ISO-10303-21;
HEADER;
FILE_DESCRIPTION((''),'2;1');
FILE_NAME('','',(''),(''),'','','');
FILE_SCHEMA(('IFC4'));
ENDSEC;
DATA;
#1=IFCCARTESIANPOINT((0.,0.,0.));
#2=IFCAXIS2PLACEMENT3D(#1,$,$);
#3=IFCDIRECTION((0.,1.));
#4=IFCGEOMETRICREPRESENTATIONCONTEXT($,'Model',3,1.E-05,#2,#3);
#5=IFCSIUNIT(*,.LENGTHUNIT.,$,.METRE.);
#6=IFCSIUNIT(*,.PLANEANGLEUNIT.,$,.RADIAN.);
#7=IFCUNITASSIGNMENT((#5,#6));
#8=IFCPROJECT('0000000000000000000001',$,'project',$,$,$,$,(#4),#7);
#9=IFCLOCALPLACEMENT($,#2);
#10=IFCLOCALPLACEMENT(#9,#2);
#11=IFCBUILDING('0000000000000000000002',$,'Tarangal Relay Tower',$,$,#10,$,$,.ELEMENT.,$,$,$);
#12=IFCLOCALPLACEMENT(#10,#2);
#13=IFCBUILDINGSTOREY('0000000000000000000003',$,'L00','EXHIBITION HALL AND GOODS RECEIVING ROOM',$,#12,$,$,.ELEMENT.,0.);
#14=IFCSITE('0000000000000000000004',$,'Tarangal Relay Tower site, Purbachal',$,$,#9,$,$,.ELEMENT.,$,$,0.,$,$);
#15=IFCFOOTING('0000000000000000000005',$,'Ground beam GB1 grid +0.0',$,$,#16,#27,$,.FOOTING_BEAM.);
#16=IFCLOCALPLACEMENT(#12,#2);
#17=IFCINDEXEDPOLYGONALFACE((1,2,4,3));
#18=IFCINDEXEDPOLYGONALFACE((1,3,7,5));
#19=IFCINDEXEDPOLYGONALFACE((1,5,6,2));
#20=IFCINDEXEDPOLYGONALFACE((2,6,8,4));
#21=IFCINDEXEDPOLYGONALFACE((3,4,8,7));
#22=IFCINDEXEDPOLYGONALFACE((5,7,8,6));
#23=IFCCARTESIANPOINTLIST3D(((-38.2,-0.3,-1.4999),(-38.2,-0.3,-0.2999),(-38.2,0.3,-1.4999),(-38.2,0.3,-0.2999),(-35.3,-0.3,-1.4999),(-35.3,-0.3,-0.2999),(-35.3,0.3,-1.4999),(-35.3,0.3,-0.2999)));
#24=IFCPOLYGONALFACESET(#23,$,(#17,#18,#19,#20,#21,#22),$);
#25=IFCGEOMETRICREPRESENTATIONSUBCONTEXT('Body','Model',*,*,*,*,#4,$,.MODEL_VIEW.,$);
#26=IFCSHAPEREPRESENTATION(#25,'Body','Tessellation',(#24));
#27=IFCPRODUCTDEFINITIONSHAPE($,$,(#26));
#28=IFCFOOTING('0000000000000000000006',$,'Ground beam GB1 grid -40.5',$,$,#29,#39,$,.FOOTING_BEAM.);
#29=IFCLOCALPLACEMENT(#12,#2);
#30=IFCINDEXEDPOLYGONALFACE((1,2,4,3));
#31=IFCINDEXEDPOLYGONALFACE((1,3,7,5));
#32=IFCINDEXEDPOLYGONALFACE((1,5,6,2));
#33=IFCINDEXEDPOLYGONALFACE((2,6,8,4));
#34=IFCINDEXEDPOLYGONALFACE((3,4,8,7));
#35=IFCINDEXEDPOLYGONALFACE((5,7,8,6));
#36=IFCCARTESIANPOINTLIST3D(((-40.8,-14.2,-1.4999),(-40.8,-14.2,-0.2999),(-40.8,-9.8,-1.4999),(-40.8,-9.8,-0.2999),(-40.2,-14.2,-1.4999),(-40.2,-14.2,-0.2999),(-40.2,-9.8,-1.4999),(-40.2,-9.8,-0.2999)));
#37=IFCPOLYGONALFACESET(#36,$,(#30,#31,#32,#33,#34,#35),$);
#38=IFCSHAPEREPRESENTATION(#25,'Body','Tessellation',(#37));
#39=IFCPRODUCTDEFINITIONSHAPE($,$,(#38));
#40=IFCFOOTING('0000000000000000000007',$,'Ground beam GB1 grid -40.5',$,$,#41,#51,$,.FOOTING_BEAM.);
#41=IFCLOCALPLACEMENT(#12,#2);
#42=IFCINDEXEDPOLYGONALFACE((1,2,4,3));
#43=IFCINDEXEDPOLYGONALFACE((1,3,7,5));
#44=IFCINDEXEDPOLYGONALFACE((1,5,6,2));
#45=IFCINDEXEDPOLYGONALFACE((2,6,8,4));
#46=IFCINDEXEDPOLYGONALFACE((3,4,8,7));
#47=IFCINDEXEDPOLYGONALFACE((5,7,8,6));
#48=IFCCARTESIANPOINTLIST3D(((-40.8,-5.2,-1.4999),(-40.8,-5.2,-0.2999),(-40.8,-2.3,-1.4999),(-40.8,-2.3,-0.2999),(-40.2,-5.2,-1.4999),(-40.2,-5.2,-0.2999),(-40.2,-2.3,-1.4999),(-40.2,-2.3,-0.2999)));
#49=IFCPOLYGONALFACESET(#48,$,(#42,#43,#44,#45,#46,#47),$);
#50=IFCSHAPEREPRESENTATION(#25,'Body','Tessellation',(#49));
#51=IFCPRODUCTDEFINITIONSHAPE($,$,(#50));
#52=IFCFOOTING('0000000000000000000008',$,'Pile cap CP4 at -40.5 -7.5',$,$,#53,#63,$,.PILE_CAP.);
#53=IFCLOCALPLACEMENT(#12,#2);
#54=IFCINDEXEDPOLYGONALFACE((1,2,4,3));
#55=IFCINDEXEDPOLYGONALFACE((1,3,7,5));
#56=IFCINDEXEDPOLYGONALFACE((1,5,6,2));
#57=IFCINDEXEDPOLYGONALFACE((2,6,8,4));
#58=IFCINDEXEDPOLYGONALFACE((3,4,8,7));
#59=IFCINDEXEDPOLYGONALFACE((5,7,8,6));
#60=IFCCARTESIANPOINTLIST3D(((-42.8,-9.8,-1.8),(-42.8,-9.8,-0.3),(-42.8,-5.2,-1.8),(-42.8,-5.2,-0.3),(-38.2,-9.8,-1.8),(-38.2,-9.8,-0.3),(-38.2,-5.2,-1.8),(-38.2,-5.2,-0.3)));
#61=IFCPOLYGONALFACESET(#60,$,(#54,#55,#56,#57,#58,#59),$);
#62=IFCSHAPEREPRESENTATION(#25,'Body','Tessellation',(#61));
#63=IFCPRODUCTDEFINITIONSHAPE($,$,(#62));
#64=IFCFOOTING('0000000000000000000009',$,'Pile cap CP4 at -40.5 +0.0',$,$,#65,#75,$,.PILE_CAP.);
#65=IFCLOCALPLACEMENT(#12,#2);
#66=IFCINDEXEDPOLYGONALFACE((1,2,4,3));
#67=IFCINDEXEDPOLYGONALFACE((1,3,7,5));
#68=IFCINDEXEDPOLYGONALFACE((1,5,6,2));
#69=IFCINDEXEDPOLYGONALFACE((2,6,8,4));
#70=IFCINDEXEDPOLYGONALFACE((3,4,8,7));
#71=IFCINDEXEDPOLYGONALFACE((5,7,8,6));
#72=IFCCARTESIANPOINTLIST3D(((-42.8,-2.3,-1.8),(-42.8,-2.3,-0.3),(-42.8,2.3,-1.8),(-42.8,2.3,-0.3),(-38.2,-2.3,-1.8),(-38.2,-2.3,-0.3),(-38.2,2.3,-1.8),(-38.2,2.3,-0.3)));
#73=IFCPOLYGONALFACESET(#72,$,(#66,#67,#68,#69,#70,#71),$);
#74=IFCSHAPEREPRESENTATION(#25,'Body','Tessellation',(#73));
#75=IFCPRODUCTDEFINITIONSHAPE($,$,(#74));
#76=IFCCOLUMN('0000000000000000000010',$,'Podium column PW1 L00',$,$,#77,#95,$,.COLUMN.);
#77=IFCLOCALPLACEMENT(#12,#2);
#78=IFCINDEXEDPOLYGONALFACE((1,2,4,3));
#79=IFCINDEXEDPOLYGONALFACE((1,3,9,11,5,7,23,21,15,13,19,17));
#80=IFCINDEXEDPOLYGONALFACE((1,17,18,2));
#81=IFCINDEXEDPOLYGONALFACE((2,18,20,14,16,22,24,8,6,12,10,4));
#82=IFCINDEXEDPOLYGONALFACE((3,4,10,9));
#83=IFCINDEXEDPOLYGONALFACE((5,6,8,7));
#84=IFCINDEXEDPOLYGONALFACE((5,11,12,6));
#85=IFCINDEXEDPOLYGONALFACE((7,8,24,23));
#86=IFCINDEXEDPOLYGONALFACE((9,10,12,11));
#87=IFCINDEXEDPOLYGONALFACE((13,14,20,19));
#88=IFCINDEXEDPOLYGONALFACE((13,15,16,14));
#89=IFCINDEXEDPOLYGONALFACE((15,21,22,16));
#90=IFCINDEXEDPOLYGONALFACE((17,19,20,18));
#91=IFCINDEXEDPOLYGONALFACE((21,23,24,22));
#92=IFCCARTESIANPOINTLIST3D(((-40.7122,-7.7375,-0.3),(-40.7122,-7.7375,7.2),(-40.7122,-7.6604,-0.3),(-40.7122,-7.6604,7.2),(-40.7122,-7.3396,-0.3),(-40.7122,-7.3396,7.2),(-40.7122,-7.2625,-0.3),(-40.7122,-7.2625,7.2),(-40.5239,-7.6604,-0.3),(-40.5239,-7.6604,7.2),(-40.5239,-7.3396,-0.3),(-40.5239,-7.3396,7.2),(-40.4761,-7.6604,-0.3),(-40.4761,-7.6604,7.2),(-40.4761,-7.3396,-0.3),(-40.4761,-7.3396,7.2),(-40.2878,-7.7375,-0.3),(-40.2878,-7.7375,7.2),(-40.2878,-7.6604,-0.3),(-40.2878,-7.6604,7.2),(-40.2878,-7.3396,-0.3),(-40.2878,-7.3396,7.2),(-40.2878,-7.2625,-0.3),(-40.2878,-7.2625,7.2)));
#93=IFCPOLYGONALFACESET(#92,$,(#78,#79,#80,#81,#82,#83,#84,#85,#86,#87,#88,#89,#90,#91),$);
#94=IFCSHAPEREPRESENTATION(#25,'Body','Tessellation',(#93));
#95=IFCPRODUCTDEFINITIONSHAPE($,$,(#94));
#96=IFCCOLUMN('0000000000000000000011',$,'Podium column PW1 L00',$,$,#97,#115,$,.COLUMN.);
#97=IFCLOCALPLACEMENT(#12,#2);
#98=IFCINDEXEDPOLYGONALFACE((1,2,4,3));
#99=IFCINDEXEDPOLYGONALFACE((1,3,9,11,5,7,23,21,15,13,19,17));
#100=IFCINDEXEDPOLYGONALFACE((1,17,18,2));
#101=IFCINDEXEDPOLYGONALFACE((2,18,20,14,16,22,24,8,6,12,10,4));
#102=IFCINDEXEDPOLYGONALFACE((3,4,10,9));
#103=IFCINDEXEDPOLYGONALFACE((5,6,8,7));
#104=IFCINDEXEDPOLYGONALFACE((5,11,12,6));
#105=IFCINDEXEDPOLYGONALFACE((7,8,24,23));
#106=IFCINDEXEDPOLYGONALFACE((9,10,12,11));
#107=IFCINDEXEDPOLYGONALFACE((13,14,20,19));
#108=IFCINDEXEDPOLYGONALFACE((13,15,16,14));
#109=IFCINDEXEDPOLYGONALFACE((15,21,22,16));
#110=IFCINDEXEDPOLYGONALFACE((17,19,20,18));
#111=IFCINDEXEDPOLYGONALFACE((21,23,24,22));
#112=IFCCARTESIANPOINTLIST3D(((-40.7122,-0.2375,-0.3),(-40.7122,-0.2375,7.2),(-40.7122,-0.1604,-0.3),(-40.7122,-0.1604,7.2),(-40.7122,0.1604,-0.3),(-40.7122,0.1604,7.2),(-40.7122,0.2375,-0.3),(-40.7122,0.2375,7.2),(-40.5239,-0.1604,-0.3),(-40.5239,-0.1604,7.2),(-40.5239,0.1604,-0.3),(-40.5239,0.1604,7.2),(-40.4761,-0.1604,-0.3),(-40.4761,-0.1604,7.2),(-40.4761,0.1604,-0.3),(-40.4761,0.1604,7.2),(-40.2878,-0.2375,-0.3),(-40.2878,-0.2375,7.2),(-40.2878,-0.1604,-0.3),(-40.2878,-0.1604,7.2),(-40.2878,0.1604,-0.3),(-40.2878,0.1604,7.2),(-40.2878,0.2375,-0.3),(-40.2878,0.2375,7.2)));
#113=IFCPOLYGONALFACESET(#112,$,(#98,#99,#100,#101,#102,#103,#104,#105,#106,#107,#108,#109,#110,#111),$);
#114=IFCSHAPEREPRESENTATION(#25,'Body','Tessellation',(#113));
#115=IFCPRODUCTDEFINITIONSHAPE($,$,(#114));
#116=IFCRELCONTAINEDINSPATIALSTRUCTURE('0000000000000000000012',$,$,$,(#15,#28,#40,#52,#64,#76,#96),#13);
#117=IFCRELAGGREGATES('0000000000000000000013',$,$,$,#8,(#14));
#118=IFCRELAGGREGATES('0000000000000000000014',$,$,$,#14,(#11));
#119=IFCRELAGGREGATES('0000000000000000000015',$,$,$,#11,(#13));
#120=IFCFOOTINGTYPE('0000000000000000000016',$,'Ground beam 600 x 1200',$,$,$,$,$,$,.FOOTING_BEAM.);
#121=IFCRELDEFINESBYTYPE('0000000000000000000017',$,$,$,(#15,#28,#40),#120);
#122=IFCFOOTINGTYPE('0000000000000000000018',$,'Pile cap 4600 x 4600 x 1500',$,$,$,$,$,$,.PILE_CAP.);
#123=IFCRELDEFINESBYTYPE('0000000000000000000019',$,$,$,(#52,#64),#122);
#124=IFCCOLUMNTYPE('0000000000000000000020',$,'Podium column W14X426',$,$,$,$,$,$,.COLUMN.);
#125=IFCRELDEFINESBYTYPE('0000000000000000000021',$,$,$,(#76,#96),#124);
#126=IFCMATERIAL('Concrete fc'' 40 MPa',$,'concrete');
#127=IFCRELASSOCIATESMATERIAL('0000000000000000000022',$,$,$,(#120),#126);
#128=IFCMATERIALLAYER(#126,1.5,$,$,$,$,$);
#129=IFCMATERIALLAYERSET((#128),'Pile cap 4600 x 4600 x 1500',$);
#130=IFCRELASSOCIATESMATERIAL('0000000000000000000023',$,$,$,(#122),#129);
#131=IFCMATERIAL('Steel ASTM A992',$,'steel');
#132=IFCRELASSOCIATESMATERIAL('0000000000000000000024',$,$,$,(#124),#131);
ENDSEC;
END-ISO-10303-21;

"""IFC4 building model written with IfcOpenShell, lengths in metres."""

from ifc_helpers import new_model, si_unit, direction, frame, origin, origin_2d, place, context, subcontext, project, spatial, rectangle, i_section, extrude, material, layer, layer_set, material_profile, profile_set, type_object, element, save


model = new_model("IFC4")

# Units and contexts
model_context = context("Model", 3, precision=1e-05, world=origin(), true_north=direction((0.0, 1.0)))
body_context = subcontext(model_context, "Body", "Model", "MODEL_VIEW")
ifc_project = project(units=[si_unit("LENGTHUNIT", "METRE"), si_unit("PLANEANGLEUNIT", "RADIAN")], contexts=[model_context])

# Site, building, storey
site_placement = place(None, origin())
site = spatial("IfcSite", under=ifc_project, at=site_placement, Name="Tarangal Relay Tower site, Purbachal", CompositionType="ELEMENT", RefElevation=0.0)
building_placement = place(site_placement, origin())
building = spatial("IfcBuilding", under=site, at=building_placement, Name="Tarangal Relay Tower", CompositionType="ELEMENT")
storey_placement = place(building_placement, origin())
storey = spatial("IfcBuildingStorey", under=building, at=storey_placement, Name="L00", Description="EXHIBITION HALL AND GOODS RECEIVING ROOM", CompositionType="ELEMENT", Elevation=0.0)

# Shared definitions
ifc_material_1 = material(Name="Concrete fc' 40 MPa", Category="concrete")

# Footings
ifc_material_profile_1 = material_profile(ifc_material_1, rectangle(XDim=0.6001, YDim=1.2, at=origin_2d()), Name="GB 600X1200")
ifc_profile_set_1 = profile_set([ifc_material_profile_1], Name="Concrete fc' 40 MPa")
footing_type_1 = type_object("IfcFootingType", Name="Ground beam 600 x 1200", PredefinedType="FOOTING_BEAM", material=ifc_profile_set_1)
for number, where, z_axis, x_axis, name in (
    (1, (-35.3, 0.0, -0.8999), (-1.0, 0.0, 0.0), (0.0, -1.0, 0.0), "Ground beam GB1 grid +0.0"),
):
    element("IfcFooting", number, at=place(storey_placement, frame(where, z_axis=z_axis, x_axis=x_axis)), inside=storey, type_object=footing_type_1, Name=name, PredefinedType="FOOTING_BEAM", context=body_context, shape_type="SweptSolid", body=[
        extrude(rectangle(XDim=0.6001, YDim=1.2, at=origin_2d()), origin(), (0.0, 0.0, 1.0), 2.8999),
    ])
footing_1_placement = place(storey_placement, frame((-40.5, -14.2, -0.8999), z_axis=(0.0, 1.0, 0.0), x_axis=(-1.0, 0.0, 0.0)))
element("IfcFooting", 2, at=footing_1_placement, inside=storey, type_object=footing_type_1, Name="Ground beam GB1 grid -40.5", PredefinedType="FOOTING_BEAM", context=body_context, shape_type="SweptSolid", body=[
    extrude(rectangle(XDim=0.6001, YDim=1.2, at=origin_2d()), origin(), (0.0, 0.0, 1.0), 4.3999),
])
footing_2_placement = place(storey_placement, frame((-40.5, -5.2, -0.8999), z_axis=(0.0, 1.0, 0.0), x_axis=(-1.0, 0.0, 0.0)))
element("IfcFooting", 3, at=footing_2_placement, inside=storey, type_object=footing_type_1, Name="Ground beam GB1 grid -40.5", PredefinedType="FOOTING_BEAM", context=body_context, shape_type="SweptSolid", body=[
    extrude(rectangle(XDim=0.6001, YDim=1.2, at=origin_2d()), origin(), (0.0, 0.0, 1.0), 2.8999),
])
ifc_layer = layer(ifc_material_1, 1.5)
ifc_layer_set = layer_set([ifc_layer], Name="Pile cap 4600 x 4600 x 1500")
footing_type_2 = type_object("IfcFootingType", Name="Pile cap 4600 x 4600 x 1500", PredefinedType="PILE_CAP", material=ifc_layer_set)
for number, where, z_axis, x_axis, name in (
    (4, (-40.5, -7.5, -1.8), (0.0, 0.0, 1.0), (1.0, 0.0, 0.0), "Pile cap CP4 at -40.5 -7.5"),
    (5, (-40.5, 0.0, -1.8), (0.0, 0.0, 1.0), (1.0, 0.0, 0.0), "Pile cap CP4 at -40.5 +0.0"),
):
    element("IfcFooting", number, at=place(storey_placement, frame(where, z_axis=z_axis, x_axis=x_axis)), inside=storey, type_object=footing_type_2, Name=name, PredefinedType="PILE_CAP", context=body_context, shape_type="SweptSolid", body=[
        extrude(rectangle(XDim=4.6001, YDim=4.6001, at=origin_2d()), origin(), (0.0, 0.0, 1.0), 1.5),
    ])

# Columns
ifc_material_2 = material(Name="Steel ASTM A992", Category="steel")
ifc_material_profile_2 = material_profile(ifc_material_2, i_section(OverallWidth=0.4243, OverallDepth=0.4751, WebThickness=0.0479, FlangeThickness=0.0771, at=origin_2d()), Name="W14X426")
ifc_profile_set_2 = profile_set([ifc_material_profile_2], Name="Steel ASTM A992")
column_type = type_object("IfcColumnType", Name="Podium column W14X426", PredefinedType="COLUMN", material=ifc_profile_set_2)
for number, where, z_axis, x_axis, name in (
    (6, (-40.5, -7.5, -0.3), (0.0, 0.0, 1.0), (1.0, 0.0, 0.0), "Podium column PW1 L00"),
    (7, (-40.5, 0.0, -0.3), (0.0, 0.0, 1.0), (1.0, 0.0, 0.0), "Podium column PW1 L00"),
):
    element("IfcColumn", number, at=place(storey_placement, frame(where, z_axis=z_axis, x_axis=x_axis)), inside=storey, type_object=column_type, Name=name, PredefinedType="COLUMN", context=body_context, shape_type="SweptSolid", body=[
        extrude(i_section(OverallWidth=0.4243, OverallDepth=0.4751, WebThickness=0.0479, FlangeThickness=0.0771, at=origin_2d()), origin(), (0.0, 0.0, 1.0), 7.5),
    ])

save(model, "model.ifc")
